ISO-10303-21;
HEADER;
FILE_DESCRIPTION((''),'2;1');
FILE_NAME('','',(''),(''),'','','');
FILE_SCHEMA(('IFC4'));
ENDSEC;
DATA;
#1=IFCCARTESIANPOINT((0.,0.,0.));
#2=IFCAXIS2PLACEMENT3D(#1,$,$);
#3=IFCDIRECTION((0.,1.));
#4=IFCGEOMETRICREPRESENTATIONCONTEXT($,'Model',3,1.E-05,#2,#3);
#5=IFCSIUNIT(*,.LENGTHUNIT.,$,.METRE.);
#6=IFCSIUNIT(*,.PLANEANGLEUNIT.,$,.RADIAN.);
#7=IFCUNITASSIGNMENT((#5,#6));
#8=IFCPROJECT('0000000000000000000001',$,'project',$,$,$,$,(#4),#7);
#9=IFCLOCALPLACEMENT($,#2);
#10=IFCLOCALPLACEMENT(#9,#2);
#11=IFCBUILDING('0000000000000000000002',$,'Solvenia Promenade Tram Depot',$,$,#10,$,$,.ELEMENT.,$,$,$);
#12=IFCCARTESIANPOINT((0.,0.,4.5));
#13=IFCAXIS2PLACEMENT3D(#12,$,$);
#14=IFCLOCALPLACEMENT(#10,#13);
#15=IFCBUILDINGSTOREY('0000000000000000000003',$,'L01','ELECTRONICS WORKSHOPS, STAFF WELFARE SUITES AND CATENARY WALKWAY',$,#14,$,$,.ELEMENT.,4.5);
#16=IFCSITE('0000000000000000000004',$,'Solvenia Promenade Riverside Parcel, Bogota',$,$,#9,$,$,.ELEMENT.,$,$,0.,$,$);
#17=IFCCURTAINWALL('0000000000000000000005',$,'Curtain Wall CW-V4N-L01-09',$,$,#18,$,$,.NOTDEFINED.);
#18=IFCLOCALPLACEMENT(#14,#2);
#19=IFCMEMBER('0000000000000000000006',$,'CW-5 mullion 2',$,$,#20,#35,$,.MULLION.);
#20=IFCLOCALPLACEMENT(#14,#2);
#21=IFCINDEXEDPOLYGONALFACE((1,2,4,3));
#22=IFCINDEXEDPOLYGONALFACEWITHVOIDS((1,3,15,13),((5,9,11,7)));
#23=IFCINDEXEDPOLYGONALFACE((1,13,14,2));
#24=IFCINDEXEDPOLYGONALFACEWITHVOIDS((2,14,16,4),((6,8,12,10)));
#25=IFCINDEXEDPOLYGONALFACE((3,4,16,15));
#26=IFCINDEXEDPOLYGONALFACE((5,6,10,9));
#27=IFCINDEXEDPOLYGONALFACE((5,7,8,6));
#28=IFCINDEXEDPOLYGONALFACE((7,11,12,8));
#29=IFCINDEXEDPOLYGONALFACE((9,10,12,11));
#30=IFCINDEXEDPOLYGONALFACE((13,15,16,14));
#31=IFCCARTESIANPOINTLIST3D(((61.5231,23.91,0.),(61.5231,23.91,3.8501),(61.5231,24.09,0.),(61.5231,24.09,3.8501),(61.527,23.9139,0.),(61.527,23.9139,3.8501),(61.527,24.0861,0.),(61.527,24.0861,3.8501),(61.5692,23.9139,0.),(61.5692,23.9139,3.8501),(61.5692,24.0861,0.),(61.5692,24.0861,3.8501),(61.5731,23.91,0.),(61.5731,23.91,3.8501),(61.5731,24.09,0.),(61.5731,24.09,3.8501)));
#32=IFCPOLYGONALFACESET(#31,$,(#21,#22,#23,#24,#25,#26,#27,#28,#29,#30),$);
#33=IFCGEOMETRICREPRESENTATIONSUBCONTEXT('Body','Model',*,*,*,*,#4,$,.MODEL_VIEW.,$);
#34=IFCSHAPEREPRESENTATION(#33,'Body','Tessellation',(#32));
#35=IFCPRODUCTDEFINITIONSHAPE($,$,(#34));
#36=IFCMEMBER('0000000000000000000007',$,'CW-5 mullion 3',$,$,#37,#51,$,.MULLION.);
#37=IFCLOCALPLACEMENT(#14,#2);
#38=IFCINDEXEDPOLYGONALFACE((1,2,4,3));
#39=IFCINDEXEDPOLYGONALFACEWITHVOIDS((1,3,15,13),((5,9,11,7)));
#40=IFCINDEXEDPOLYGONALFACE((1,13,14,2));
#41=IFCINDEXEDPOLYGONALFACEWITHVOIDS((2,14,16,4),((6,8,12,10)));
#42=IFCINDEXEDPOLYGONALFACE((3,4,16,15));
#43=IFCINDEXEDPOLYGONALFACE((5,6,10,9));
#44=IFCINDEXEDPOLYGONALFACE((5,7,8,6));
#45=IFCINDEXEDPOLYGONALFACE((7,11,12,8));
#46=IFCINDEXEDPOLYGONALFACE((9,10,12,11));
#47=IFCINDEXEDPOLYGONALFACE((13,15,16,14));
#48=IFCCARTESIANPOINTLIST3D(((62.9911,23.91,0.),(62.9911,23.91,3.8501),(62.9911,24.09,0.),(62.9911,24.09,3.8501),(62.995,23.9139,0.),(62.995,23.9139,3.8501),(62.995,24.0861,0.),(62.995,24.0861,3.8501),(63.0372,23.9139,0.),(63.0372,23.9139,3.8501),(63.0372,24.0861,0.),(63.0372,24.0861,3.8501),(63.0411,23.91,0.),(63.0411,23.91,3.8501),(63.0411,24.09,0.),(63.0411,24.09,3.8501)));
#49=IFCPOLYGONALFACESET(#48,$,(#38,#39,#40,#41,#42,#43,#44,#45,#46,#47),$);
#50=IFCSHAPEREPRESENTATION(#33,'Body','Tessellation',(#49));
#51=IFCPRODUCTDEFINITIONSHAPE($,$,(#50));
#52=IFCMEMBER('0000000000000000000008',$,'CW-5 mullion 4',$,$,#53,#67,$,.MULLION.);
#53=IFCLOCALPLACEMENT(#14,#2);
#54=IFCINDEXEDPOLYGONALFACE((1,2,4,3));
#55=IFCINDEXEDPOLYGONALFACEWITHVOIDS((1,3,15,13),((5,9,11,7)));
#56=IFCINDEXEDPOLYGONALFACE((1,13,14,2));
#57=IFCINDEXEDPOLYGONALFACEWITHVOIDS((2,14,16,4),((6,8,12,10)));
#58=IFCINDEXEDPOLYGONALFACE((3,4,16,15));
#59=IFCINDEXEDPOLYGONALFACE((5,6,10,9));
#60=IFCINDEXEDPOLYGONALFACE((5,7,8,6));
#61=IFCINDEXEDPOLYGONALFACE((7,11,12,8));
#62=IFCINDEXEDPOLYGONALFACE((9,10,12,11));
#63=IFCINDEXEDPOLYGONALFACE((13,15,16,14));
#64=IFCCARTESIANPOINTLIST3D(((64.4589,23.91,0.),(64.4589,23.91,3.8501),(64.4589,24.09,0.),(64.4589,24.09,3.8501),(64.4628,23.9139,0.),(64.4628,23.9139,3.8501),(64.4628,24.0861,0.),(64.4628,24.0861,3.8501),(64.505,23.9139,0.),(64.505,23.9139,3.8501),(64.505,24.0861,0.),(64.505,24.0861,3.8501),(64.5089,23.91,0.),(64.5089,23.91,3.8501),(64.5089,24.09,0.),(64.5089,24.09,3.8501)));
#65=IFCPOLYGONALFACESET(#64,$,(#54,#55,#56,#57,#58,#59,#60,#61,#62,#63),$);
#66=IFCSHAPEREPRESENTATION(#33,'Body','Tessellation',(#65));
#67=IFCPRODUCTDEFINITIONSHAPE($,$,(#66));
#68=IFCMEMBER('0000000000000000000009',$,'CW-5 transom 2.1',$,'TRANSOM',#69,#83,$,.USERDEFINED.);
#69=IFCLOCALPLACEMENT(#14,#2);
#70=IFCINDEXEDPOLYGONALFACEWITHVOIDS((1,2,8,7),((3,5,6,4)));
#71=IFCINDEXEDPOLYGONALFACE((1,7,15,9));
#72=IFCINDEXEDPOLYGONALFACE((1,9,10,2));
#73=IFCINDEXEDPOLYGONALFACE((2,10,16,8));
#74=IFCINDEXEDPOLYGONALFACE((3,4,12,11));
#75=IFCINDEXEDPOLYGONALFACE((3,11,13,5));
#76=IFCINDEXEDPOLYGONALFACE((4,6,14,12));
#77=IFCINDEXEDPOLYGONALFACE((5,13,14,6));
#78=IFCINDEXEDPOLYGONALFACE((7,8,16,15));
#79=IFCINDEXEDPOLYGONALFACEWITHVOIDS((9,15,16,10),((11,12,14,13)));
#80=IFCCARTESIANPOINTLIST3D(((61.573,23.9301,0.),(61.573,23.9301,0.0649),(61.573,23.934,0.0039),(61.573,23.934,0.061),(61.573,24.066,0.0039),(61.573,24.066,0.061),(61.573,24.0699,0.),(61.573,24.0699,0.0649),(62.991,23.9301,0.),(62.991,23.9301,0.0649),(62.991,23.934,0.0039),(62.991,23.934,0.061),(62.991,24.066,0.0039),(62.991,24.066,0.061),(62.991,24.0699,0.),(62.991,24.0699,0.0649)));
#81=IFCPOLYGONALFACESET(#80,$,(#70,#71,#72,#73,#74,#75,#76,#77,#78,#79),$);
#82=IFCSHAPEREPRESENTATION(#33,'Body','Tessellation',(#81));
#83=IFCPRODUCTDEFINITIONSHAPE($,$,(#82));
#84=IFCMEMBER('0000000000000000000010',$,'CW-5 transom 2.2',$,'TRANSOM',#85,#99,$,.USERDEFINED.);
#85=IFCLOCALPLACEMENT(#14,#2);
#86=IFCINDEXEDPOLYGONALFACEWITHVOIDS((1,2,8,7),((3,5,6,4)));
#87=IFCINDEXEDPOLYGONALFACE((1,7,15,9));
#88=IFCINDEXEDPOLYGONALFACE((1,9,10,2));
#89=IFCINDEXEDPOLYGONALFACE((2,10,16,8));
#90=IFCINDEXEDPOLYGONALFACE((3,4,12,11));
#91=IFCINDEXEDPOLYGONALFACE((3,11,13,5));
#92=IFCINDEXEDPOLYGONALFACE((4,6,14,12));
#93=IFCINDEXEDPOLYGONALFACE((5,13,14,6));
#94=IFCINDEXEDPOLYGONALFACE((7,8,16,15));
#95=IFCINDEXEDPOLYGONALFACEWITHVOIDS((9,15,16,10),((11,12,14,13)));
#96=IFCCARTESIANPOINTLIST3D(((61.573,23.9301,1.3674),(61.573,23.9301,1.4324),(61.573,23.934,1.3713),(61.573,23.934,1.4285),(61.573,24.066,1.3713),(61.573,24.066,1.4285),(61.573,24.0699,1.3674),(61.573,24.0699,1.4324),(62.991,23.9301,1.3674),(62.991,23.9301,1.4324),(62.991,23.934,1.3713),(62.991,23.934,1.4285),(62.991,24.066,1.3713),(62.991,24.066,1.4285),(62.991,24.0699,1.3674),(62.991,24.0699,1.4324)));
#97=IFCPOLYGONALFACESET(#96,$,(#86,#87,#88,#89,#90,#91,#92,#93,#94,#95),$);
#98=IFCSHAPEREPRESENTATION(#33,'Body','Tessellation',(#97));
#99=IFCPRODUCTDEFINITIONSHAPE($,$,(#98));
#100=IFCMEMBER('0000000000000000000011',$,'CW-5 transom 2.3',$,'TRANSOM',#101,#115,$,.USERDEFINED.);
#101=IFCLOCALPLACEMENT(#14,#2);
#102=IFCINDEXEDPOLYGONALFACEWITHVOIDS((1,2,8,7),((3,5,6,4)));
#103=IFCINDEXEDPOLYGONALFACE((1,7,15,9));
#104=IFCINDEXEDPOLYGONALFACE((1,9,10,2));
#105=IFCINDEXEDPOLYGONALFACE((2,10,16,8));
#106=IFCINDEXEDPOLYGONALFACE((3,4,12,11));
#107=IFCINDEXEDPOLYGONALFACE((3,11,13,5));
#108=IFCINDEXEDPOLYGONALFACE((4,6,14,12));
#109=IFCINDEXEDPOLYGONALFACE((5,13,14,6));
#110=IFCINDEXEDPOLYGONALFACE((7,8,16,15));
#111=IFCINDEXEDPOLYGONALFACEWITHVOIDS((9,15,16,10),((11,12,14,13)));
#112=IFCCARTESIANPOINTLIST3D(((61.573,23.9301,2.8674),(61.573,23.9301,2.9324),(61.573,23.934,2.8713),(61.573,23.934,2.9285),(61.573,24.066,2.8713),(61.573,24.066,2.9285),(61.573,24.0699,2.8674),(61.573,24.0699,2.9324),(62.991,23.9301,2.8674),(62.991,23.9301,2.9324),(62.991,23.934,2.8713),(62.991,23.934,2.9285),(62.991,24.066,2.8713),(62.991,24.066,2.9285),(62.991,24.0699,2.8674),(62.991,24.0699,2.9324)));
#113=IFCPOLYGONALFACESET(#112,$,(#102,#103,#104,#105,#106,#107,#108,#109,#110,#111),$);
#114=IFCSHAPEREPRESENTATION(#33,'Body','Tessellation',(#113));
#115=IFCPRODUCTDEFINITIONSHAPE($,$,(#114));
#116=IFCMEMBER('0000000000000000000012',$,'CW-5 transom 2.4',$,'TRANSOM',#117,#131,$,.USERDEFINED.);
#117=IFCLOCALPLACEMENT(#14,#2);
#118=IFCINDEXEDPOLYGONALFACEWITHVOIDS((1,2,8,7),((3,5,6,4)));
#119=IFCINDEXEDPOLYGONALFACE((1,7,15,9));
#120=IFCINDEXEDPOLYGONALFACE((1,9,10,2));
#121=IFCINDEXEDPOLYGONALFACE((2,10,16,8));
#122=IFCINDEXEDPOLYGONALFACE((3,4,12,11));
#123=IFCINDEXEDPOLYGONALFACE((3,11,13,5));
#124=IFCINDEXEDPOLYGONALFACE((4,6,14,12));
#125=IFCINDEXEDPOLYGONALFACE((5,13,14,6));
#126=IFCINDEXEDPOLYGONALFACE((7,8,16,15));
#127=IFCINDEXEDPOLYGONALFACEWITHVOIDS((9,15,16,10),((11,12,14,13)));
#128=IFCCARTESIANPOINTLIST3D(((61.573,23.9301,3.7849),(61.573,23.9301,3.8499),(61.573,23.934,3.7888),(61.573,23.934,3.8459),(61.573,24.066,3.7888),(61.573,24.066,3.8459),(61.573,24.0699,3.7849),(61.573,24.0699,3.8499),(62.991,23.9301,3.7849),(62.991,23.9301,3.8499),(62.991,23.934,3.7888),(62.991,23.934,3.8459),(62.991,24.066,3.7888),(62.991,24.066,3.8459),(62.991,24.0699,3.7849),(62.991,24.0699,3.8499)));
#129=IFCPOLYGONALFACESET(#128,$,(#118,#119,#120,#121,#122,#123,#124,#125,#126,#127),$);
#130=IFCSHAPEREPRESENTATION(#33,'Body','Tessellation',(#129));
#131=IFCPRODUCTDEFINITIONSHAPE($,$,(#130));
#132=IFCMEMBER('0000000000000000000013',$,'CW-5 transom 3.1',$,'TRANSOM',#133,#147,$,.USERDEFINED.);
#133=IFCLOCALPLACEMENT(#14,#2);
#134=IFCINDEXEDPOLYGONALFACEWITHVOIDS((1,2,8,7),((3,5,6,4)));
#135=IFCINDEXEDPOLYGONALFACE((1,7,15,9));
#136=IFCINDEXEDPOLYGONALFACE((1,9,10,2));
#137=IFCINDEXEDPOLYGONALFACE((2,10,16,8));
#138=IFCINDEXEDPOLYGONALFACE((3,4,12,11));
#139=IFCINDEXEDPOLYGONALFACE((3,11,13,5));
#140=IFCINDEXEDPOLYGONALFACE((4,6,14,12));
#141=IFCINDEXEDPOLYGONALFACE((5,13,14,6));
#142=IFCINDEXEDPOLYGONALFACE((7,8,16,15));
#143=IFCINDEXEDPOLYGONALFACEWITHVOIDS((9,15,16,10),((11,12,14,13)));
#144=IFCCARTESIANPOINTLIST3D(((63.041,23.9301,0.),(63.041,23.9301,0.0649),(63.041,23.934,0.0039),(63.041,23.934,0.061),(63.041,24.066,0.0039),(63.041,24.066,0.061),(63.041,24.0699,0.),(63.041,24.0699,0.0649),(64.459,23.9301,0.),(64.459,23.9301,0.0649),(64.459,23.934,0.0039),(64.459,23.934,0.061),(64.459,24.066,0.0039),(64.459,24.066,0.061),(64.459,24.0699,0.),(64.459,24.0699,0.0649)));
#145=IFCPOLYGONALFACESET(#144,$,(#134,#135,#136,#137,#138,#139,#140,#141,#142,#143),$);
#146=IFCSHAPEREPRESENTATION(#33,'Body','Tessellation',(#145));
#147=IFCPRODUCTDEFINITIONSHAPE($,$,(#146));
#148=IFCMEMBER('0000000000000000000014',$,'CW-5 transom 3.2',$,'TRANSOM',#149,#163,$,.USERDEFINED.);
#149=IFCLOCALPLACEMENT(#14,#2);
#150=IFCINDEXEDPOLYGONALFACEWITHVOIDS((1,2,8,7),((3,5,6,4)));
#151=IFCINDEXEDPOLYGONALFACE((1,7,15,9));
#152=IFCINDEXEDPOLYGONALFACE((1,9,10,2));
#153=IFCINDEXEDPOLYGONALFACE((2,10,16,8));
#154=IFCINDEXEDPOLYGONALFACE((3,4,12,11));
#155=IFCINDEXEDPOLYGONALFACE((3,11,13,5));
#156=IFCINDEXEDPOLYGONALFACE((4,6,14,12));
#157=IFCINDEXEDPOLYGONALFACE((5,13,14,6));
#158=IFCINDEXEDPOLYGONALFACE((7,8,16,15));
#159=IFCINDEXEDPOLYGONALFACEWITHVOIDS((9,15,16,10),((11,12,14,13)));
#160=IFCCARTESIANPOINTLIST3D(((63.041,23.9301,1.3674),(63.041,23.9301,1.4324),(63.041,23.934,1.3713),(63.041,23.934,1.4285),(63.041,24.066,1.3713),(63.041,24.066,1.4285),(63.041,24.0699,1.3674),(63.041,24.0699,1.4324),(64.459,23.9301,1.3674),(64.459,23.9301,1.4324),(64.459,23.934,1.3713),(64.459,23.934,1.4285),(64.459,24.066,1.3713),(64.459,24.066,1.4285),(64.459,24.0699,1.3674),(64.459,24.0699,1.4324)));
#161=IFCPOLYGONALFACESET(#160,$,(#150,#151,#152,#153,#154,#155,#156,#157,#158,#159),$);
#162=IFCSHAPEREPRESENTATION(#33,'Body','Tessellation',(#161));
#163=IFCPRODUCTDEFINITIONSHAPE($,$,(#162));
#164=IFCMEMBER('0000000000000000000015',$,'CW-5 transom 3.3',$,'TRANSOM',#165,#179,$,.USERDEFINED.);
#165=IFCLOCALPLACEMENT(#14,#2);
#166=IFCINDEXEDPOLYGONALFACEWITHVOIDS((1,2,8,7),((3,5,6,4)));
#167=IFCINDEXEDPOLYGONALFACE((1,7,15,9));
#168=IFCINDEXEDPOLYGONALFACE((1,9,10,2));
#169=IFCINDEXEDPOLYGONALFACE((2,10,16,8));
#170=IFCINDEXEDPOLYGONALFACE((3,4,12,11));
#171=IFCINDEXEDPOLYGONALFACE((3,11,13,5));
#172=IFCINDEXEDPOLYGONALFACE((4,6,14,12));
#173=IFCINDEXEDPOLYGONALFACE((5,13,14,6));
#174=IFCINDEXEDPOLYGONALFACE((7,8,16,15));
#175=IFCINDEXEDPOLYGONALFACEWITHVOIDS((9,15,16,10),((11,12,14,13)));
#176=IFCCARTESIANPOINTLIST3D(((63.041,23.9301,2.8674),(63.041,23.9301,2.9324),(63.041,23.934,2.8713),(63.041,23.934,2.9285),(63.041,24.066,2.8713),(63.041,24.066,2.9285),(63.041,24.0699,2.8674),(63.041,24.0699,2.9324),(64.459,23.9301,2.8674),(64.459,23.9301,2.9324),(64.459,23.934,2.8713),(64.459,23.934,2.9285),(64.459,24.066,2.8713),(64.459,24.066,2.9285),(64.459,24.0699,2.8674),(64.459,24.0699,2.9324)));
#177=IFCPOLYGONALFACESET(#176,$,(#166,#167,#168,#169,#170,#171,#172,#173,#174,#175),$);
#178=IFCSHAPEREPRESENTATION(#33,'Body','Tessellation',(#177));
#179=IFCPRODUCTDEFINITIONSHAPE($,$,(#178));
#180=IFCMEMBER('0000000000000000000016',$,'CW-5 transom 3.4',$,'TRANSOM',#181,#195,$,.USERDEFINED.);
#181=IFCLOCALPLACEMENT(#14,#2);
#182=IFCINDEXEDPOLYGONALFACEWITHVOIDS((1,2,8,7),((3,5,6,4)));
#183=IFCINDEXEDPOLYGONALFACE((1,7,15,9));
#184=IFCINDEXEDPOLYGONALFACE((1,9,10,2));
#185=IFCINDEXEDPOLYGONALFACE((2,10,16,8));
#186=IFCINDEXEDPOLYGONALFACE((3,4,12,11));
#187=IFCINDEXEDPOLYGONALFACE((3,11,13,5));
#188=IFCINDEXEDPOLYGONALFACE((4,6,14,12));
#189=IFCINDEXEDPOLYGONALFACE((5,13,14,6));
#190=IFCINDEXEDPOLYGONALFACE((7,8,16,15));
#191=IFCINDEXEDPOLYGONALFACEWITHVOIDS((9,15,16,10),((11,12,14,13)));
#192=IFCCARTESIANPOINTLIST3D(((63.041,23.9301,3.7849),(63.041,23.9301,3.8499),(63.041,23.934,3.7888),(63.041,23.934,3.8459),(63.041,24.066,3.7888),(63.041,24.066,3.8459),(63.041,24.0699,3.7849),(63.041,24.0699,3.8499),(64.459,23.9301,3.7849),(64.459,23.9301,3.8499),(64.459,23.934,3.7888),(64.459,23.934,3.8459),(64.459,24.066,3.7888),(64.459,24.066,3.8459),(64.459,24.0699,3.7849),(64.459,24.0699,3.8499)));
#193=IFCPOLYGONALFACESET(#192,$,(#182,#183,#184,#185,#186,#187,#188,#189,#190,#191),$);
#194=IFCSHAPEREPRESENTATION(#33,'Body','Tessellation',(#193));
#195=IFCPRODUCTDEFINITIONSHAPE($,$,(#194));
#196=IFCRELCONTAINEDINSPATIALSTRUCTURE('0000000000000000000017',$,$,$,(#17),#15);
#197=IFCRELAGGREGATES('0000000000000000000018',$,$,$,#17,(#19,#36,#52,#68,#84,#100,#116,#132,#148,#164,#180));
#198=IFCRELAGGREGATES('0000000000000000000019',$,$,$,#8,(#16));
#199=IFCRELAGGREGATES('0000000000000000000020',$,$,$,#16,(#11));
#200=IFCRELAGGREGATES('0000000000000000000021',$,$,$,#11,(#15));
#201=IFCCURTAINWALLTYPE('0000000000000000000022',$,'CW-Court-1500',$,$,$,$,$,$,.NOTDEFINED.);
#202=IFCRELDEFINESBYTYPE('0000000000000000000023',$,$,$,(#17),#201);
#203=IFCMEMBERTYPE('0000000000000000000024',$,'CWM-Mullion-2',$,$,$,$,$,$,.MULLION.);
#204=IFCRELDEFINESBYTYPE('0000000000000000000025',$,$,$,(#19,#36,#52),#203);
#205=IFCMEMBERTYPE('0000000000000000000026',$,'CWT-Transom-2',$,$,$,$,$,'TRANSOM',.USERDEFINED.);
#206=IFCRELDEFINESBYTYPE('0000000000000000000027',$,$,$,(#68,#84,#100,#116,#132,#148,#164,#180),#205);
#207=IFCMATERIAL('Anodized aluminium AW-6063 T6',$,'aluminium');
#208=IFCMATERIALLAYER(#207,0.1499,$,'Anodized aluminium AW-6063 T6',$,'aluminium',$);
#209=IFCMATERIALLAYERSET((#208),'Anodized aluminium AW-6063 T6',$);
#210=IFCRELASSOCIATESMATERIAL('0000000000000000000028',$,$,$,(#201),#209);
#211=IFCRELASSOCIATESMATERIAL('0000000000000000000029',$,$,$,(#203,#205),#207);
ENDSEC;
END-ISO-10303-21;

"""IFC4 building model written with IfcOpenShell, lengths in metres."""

from ifc_helpers import new_model, si_unit, direction, frame, origin, origin_2d, place, context, subcontext, project, spatial, hollow_rectangle, extrude, material, layer, layer_set, material_profile, profile_set, type_object, element, aggregate, save


model = new_model("IFC4")

# Units and contexts
model_context = context("Model", 3, precision=1e-05, world=origin(), true_north=direction((0.0, 1.0)))
body_context = subcontext(model_context, "Body", "Model", "MODEL_VIEW")
ifc_project = project(units=[si_unit("LENGTHUNIT", "METRE"), si_unit("PLANEANGLEUNIT", "RADIAN")], contexts=[model_context])

# Site, building, storey
site_placement = place(None, origin())
site = spatial("IfcSite", under=ifc_project, at=site_placement, Name="Solvenia Promenade Riverside Parcel, Bogota", CompositionType="ELEMENT", RefElevation=0.0)
building_placement = place(site_placement, origin())
building = spatial("IfcBuilding", under=site, at=building_placement, Name="Solvenia Promenade Tram Depot", CompositionType="ELEMENT")
storey_placement = place(building_placement, frame((0.0, 0.0, 4.5)))
storey = spatial("IfcBuildingStorey", under=building, at=storey_placement, Name="L01", Description="ELECTRONICS WORKSHOPS, STAFF WELFARE SUITES AND CATENARY WALKWAY", CompositionType="ELEMENT", Elevation=4.5)

# Curtain wall, members
ifc_material_1 = material(Name="Anodized aluminium AW-6063 T6", Category="aluminium")
ifc_layer_1 = layer(ifc_material_1, 0.1499, Name="Anodized aluminium AW-6063 T6", Category="aluminium")
ifc_layer_set_1 = layer_set([ifc_layer_1], Name="Anodized aluminium AW-6063 T6")
curtain_wall_type = type_object("IfcCurtainWallType", Name="CW-Court-1500", PredefinedType="NOTDEFINED", material=ifc_layer_set_1)
curtain_wall_placement = place(storey_placement, origin())
curtain_wall = element("IfcCurtainWall", 1, at=curtain_wall_placement, inside=storey, type_object=curtain_wall_type, Name="Curtain Wall CW-V4N-L01-09", PredefinedType="NOTDEFINED")
ifc_material_profile_1 = material_profile(ifc_material_1, hollow_rectangle(XDim=0.1799, YDim=0.05, WallThickness=0.0039, at=origin_2d()), Name="ALU-M2", Category="aluminium")
ifc_profile_set_1 = profile_set([ifc_material_profile_1], Name="Anodized aluminium AW-6063 T6")
member_type_1 = type_object("IfcMemberType", Name="CWM-Mullion-2", PredefinedType="MULLION", material=ifc_profile_set_1)
member_1_placement = place(storey_placement, frame((61.5481, 24.0, 0.0), z_axis=(0.0, 0.0, 1.0), x_axis=(0.0, 1.0, 0.0)))
member_1 = element("IfcMember", 2, at=member_1_placement, type_object=member_type_1, Name="CW-5 mullion 2", PredefinedType="MULLION", context=body_context, shape_type="SweptSolid", body=[
    extrude(hollow_rectangle(XDim=0.1799, YDim=0.05, WallThickness=0.0039, at=origin_2d()), origin(), (0.0, 0.0, 1.0), 3.8501),
])
member_2_placement = place(storey_placement, frame((63.0161, 24.0, 0.0), z_axis=(0.0, 0.0, 1.0), x_axis=(0.0, 1.0, 0.0)))
member_2 = element("IfcMember", 3, at=member_2_placement, type_object=member_type_1, Name="CW-5 mullion 3", PredefinedType="MULLION", context=body_context, shape_type="SweptSolid", body=[
    extrude(hollow_rectangle(XDim=0.1799, YDim=0.05, WallThickness=0.0039, at=origin_2d()), origin(), (0.0, 0.0, 1.0), 3.8501),
])
member_3_placement = place(storey_placement, frame((64.4839, 24.0, 0.0), z_axis=(0.0, 0.0, 1.0), x_axis=(0.0, 1.0, 0.0)))
member_3 = element("IfcMember", 4, at=member_3_placement, type_object=member_type_1, Name="CW-5 mullion 4", PredefinedType="MULLION", context=body_context, shape_type="SweptSolid", body=[
    extrude(hollow_rectangle(XDim=0.1799, YDim=0.05, WallThickness=0.0039, at=origin_2d()), origin(), (0.0, 0.0, 1.0), 3.8501),
])
ifc_material_profile_2 = material_profile(ifc_material_1, hollow_rectangle(XDim=0.1399, YDim=0.0649, WallThickness=0.0039, at=origin_2d()), Name="ALU-T2", Category="aluminium")
ifc_profile_set_2 = profile_set([ifc_material_profile_2], Name="Anodized aluminium AW-6063 T6")
member_type_2 = type_object("IfcMemberType", Name="CWT-Transom-2", ElementType="TRANSOM", PredefinedType="USERDEFINED", material=ifc_profile_set_2)
member_4_placement = place(storey_placement, frame((61.573, 24.0, 0.0325), z_axis=(1.0, 0.0, 0.0), x_axis=(0.0, 1.0, 0.0)))
member_4 = element("IfcMember", 5, at=member_4_placement, type_object=member_type_2, Name="CW-5 transom 2.1", ObjectType="TRANSOM", PredefinedType="USERDEFINED", context=body_context, shape_type="SweptSolid", body=[
    extrude(hollow_rectangle(XDim=0.1399, YDim=0.0649, WallThickness=0.0039, at=origin_2d()), origin(), (0.0, 0.0, 1.0), 1.418),
])
member_5_placement = place(storey_placement, frame((61.573, 24.0, 1.3999), z_axis=(1.0, 0.0, 0.0), x_axis=(0.0, 1.0, 0.0)))
member_5 = element("IfcMember", 6, at=member_5_placement, type_object=member_type_2, Name="CW-5 transom 2.2", ObjectType="TRANSOM", PredefinedType="USERDEFINED", context=body_context, shape_type="SweptSolid", body=[
    extrude(hollow_rectangle(XDim=0.1399, YDim=0.0649, WallThickness=0.0039, at=origin_2d()), origin(), (0.0, 0.0, 1.0), 1.418),
])
member_6_placement = place(storey_placement, frame((61.573, 24.0, 2.8999), z_axis=(1.0, 0.0, 0.0), x_axis=(0.0, 1.0, 0.0)))
member_6 = element("IfcMember", 7, at=member_6_placement, type_object=member_type_2, Name="CW-5 transom 2.3", ObjectType="TRANSOM", PredefinedType="USERDEFINED", context=body_context, shape_type="SweptSolid", body=[
    extrude(hollow_rectangle(XDim=0.1399, YDim=0.0649, WallThickness=0.0039, at=origin_2d()), origin(), (0.0, 0.0, 1.0), 1.418),
])
member_7_placement = place(storey_placement, frame((61.573, 24.0, 3.8174), z_axis=(1.0, 0.0, 0.0), x_axis=(0.0, 1.0, 0.0)))
member_7 = element("IfcMember", 8, at=member_7_placement, type_object=member_type_2, Name="CW-5 transom 2.4", ObjectType="TRANSOM", PredefinedType="USERDEFINED", context=body_context, shape_type="SweptSolid", body=[
    extrude(hollow_rectangle(XDim=0.1399, YDim=0.0649, WallThickness=0.0039, at=origin_2d()), origin(), (0.0, 0.0, 1.0), 1.418),
])
member_8_placement = place(storey_placement, frame((63.041, 24.0, 0.0325), z_axis=(1.0, 0.0, 0.0), x_axis=(0.0, 1.0, 0.0)))
member_8 = element("IfcMember", 9, at=member_8_placement, type_object=member_type_2, Name="CW-5 transom 3.1", ObjectType="TRANSOM", PredefinedType="USERDEFINED", context=body_context, shape_type="SweptSolid", body=[
    extrude(hollow_rectangle(XDim=0.1399, YDim=0.0649, WallThickness=0.0039, at=origin_2d()), origin(), (0.0, 0.0, 1.0), 1.418),
])
member_9_placement = place(storey_placement, frame((63.041, 24.0, 1.3999), z_axis=(1.0, 0.0, 0.0), x_axis=(0.0, 1.0, 0.0)))
member_9 = element("IfcMember", 10, at=member_9_placement, type_object=member_type_2, Name="CW-5 transom 3.2", ObjectType="TRANSOM", PredefinedType="USERDEFINED", context=body_context, shape_type="SweptSolid", body=[
    extrude(hollow_rectangle(XDim=0.1399, YDim=0.0649, WallThickness=0.0039, at=origin_2d()), origin(), (0.0, 0.0, 1.0), 1.418),
])
member_10_placement = place(storey_placement, frame((63.041, 24.0, 2.8999), z_axis=(1.0, 0.0, 0.0), x_axis=(0.0, 1.0, 0.0)))
member_10 = element("IfcMember", 11, at=member_10_placement, type_object=member_type_2, Name="CW-5 transom 3.3", ObjectType="TRANSOM", PredefinedType="USERDEFINED", context=body_context, shape_type="SweptSolid", body=[
    extrude(hollow_rectangle(XDim=0.1399, YDim=0.0649, WallThickness=0.0039, at=origin_2d()), origin(), (0.0, 0.0, 1.0), 1.418),
])
member_11_placement = place(storey_placement, frame((63.041, 24.0, 3.8174), z_axis=(1.0, 0.0, 0.0), x_axis=(0.0, 1.0, 0.0)))
member_11 = element("IfcMember", 12, at=member_11_placement, type_object=member_type_2, Name="CW-5 transom 3.4", ObjectType="TRANSOM", PredefinedType="USERDEFINED", context=body_context, shape_type="SweptSolid", body=[
    extrude(hollow_rectangle(XDim=0.1399, YDim=0.0649, WallThickness=0.0039, at=origin_2d()), origin(), (0.0, 0.0, 1.0), 1.418),
])
aggregate(curtain_wall, [member_1, member_2, member_3, member_4, member_5, member_6, member_7, member_8, member_9, member_10, member_11])

save(model, "model.ifc")
